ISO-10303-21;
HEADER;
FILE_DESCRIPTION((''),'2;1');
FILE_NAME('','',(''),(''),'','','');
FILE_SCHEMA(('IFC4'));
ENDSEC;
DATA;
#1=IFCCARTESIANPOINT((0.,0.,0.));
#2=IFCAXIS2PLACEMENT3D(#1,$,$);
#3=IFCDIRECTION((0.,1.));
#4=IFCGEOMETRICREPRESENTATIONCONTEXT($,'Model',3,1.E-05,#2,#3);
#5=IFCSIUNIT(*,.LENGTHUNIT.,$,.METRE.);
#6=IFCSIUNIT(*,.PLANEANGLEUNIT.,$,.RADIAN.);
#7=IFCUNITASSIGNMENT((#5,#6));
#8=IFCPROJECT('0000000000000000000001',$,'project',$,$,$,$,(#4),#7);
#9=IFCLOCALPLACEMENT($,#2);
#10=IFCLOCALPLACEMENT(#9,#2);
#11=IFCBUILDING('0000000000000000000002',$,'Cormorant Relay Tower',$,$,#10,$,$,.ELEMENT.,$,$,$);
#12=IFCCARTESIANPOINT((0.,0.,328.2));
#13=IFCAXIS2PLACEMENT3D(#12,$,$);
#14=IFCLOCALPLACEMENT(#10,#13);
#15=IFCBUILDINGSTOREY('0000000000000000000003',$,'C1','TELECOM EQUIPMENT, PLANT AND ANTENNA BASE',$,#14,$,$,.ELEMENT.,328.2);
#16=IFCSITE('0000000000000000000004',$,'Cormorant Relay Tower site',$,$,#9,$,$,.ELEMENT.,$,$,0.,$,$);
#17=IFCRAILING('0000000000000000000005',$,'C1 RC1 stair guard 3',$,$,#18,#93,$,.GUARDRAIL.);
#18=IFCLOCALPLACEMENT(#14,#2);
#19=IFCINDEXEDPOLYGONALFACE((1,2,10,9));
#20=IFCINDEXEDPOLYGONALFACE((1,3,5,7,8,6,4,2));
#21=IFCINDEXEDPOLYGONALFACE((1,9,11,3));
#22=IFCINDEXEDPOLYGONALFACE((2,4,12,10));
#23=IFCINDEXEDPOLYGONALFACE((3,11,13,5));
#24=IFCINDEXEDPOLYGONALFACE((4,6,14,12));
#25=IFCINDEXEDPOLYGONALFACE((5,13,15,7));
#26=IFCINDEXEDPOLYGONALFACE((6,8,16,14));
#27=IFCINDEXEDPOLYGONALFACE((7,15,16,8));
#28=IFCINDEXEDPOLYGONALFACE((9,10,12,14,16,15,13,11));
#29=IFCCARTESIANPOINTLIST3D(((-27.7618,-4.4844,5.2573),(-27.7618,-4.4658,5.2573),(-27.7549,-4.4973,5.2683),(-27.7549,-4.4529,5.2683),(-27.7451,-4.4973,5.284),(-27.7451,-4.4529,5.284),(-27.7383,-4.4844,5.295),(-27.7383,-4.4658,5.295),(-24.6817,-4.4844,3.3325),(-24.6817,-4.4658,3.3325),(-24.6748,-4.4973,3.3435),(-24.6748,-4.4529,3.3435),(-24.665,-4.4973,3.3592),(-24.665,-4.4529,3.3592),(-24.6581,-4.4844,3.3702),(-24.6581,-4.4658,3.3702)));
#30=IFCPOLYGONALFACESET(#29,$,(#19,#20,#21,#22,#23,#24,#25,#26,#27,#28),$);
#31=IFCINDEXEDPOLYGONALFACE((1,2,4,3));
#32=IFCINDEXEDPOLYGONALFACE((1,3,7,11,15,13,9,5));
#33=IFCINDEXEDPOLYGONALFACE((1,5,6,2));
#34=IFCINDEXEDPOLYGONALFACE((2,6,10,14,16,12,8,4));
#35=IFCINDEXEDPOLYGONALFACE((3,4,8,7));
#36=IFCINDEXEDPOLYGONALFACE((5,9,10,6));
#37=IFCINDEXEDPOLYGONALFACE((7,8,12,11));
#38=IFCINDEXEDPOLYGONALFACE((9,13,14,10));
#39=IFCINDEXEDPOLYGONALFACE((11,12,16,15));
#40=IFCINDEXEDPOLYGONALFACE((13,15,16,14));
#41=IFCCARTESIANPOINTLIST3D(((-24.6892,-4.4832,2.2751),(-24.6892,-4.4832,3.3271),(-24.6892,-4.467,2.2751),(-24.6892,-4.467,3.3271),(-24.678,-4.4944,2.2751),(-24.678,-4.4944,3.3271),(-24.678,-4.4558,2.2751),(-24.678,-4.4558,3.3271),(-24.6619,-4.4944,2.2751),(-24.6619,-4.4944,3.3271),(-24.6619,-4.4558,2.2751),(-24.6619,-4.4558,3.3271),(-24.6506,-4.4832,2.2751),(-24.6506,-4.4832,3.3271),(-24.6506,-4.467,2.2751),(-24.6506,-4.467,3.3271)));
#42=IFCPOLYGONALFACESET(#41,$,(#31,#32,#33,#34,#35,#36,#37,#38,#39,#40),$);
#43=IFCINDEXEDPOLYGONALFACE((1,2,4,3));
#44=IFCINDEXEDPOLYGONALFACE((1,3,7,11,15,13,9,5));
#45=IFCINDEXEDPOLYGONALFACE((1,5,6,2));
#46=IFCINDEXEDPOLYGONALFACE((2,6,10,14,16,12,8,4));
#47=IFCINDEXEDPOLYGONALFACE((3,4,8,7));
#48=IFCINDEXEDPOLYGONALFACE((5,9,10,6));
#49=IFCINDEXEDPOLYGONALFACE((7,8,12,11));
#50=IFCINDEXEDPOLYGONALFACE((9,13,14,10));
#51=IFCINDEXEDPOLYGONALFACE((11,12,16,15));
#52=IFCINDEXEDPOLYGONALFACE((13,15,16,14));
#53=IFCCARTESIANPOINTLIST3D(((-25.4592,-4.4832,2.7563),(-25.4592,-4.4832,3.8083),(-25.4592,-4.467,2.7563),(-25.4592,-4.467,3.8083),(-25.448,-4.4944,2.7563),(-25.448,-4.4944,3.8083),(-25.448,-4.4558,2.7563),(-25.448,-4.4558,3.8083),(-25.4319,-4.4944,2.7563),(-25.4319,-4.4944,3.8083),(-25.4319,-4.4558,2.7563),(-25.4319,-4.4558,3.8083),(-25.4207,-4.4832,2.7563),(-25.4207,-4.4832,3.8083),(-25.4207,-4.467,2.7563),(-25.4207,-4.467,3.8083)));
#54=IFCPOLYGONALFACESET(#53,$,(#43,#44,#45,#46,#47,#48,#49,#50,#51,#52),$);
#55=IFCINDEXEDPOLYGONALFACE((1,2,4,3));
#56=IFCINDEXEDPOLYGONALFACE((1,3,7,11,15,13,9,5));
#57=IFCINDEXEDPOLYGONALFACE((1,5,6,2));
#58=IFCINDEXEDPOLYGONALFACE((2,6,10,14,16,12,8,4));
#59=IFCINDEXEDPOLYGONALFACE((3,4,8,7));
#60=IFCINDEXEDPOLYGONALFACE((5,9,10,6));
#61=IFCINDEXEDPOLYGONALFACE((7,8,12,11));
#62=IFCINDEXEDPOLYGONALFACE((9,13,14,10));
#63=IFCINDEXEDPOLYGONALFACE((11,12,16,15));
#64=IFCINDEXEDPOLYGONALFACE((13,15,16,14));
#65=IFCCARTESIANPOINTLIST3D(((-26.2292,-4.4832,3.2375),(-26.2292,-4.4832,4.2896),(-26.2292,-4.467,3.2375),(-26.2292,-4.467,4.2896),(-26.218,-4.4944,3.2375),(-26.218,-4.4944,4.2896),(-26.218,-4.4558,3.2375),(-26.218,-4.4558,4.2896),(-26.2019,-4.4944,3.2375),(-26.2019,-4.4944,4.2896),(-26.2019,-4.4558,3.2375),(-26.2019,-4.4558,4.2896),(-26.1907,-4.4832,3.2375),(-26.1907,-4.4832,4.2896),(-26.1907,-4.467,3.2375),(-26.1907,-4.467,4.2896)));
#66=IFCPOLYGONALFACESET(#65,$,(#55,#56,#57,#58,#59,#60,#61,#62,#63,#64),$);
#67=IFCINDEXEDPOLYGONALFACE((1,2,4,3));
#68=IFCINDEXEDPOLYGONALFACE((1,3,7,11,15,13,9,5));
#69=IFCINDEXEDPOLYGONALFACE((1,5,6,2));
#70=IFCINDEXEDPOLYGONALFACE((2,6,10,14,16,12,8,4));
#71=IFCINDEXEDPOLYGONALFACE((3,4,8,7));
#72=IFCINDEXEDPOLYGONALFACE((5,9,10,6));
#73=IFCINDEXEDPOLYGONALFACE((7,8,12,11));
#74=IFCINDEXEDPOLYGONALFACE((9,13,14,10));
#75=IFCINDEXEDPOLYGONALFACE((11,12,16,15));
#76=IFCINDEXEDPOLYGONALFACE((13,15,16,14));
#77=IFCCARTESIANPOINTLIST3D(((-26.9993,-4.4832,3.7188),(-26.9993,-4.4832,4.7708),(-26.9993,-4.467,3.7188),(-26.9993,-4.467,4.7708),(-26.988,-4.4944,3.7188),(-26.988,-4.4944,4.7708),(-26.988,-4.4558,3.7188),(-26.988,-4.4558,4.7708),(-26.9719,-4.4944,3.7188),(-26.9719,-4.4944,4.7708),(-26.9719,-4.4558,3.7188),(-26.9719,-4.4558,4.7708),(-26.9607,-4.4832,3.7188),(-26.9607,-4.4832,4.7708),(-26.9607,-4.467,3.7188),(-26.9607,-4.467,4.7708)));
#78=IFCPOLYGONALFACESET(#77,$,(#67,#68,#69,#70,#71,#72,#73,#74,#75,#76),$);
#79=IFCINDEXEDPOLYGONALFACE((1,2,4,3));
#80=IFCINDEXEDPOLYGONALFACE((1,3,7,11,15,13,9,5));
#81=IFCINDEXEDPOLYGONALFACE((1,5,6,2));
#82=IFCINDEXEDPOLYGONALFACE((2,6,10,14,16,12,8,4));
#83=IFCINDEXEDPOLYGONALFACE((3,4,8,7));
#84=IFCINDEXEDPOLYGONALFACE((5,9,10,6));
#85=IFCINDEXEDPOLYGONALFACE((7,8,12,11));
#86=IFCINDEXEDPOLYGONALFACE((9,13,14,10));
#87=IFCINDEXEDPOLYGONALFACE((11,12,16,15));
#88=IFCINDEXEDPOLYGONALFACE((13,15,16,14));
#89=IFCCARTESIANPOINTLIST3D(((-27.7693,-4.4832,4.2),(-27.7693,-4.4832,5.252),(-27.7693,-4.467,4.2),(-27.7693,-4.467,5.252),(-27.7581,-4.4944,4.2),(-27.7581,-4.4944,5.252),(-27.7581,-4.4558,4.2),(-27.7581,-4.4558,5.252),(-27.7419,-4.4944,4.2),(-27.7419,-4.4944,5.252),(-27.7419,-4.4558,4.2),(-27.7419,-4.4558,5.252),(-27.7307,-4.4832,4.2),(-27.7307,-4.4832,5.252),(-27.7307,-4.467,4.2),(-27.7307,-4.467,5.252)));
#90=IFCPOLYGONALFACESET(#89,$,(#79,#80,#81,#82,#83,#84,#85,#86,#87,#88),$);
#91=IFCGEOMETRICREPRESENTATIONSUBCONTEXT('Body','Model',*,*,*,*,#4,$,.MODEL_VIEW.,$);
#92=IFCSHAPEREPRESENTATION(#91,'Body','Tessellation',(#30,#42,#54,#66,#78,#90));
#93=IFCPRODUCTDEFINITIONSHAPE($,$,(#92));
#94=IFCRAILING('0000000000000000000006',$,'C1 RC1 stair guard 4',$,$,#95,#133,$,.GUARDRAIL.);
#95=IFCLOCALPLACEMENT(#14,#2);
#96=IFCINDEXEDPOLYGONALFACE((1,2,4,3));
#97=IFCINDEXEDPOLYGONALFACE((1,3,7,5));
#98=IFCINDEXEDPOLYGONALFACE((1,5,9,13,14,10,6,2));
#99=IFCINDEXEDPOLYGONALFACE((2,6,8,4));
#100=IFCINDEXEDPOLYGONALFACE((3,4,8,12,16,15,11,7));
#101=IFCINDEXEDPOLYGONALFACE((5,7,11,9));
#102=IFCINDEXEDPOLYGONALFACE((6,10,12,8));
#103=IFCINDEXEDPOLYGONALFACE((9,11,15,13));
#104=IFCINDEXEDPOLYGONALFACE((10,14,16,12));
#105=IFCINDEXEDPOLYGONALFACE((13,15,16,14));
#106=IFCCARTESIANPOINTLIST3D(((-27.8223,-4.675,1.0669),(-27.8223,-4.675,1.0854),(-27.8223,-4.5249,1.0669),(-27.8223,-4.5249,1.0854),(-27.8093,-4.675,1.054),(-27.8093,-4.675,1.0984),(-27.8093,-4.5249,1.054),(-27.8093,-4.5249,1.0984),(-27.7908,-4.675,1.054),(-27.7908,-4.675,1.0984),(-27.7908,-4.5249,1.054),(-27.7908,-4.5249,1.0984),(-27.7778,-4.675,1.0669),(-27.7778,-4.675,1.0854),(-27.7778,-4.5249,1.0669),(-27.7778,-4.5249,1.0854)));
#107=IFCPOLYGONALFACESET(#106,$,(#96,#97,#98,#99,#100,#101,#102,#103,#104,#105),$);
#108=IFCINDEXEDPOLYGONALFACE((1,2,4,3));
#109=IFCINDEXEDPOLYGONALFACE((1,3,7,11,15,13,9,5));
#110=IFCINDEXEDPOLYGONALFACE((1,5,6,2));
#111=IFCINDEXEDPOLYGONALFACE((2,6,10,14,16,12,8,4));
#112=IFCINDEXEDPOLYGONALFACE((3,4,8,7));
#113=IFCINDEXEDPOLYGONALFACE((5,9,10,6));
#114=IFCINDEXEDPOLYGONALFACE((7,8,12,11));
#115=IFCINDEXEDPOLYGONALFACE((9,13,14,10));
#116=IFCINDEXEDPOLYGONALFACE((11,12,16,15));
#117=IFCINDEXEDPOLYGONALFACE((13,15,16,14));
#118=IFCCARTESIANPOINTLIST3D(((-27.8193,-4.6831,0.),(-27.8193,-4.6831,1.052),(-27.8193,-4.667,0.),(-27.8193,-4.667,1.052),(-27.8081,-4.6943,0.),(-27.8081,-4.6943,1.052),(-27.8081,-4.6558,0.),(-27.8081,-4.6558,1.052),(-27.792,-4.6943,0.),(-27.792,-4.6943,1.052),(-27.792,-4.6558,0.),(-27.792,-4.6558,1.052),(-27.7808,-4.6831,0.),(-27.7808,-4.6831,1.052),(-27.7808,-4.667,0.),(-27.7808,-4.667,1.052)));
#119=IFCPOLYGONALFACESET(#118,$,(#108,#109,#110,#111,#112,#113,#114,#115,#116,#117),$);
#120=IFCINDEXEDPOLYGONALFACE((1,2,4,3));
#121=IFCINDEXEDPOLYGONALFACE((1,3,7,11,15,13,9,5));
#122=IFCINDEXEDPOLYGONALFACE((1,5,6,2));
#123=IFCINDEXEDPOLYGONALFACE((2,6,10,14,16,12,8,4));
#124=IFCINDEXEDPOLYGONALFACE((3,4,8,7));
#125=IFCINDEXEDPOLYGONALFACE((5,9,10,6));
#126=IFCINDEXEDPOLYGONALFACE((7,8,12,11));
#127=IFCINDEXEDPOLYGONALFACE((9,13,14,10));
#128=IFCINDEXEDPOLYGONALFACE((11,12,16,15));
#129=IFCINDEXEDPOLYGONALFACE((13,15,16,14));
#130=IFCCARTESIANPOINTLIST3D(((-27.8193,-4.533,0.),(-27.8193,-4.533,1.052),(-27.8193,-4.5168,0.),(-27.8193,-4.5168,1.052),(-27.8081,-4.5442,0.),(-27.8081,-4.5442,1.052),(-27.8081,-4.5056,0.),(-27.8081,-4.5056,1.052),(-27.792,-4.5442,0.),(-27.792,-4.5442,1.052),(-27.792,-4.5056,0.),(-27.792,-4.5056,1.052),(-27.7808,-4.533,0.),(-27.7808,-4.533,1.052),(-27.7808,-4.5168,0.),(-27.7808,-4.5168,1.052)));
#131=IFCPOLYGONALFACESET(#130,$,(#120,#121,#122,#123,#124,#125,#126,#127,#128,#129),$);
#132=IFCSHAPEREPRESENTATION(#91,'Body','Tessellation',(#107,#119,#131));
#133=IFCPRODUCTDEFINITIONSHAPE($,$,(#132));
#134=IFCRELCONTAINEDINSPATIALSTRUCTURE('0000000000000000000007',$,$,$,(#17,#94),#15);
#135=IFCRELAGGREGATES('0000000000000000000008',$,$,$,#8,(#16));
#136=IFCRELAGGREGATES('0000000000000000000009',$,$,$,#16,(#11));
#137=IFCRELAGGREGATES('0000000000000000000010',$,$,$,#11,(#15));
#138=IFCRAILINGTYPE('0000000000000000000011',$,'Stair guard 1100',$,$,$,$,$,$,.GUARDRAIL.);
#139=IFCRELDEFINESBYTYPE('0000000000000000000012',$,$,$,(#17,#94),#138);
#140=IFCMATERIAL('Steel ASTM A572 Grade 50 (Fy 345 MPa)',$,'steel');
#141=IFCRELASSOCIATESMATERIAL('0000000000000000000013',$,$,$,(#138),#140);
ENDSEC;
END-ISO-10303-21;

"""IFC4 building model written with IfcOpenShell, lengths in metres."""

from ifc_helpers import new_model, si_unit, direction, frame, origin, place, context, subcontext, project, spatial, polyline, outline, extrude, material, type_object, element, save


model = new_model("IFC4")

# Units and contexts
model_context = context("Model", 3, precision=1e-05, world=origin(), true_north=direction((0.0, 1.0)))
body_context = subcontext(model_context, "Body", "Model", "MODEL_VIEW")
ifc_project = project(units=[si_unit("LENGTHUNIT", "METRE"), si_unit("PLANEANGLEUNIT", "RADIAN")], contexts=[model_context])

# Site, building, storey
site_placement = place(None, origin())
site = spatial("IfcSite", under=ifc_project, at=site_placement, Name="Cormorant Relay Tower site", CompositionType="ELEMENT", RefElevation=0.0)
building_placement = place(site_placement, origin())
building = spatial("IfcBuilding", under=site, at=building_placement, Name="Cormorant Relay Tower", CompositionType="ELEMENT")
storey_placement = place(building_placement, frame((0.0, 0.0, 328.2)))
storey = spatial("IfcBuildingStorey", under=building, at=storey_placement, Name="C1", Description="TELECOM EQUIPMENT, PLANT AND ANTENNA BASE", CompositionType="ELEMENT", Elevation=328.2)

# Railings
ifc_material_1 = material(Name="Steel ASTM A572 Grade 50 (Fy 345 MPa)", Category="steel")
railing_type_1 = type_object("IfcRailingType", Name="Stair guard 1100", PredefinedType="GUARDRAIL", material=ifc_material_1)
railing_1_placement = place(storey_placement, frame((-24.6699, -4.4751, 2.2751)))
element("IfcRailing", 1, at=railing_1_placement, inside=storey, type_object=railing_type_1, Name="C1 RC1 stair guard 3", PredefinedType="GUARDRAIL", context=body_context, shape_type="SweptSolid", body=[
    extrude(outline(polyline([(0.0222, 0.0093), (0.0093, 0.0222), (-0.0093, 0.0222), (-0.0222, 0.0093), (-0.0222, -0.0093), (-0.0093, -0.0222), (0.0093, -0.0222), (0.0222, -0.0093), (0.0222, 0.0093)])), frame((0.0, 0.0, 1.0762), z_axis=(-0.848029, 0.0, 0.529951), x_axis=(0.0, -1.0, 0.0)), (0.0, 0.0, 1.0), 3.6321),
    extrude(outline(polyline([(0.0193, 0.0081), (0.0081, 0.0193), (-0.0081, 0.0193), (-0.0193, 0.0081), (-0.0193, -0.0081), (-0.0081, -0.0193), (0.0081, -0.0193), (0.0193, -0.0081), (0.0193, 0.0081)])), origin(), (0.0, 0.0, 1.0), 1.052),
    extrude(outline(polyline([(0.0193, 0.0081), (0.0081, 0.0193), (-0.0081, 0.0193), (-0.0193, 0.0081), (-0.0193, -0.0081), (-0.0081, -0.0193), (0.0081, -0.0193), (0.0193, -0.0081), (0.0193, 0.0081)])), frame((-0.77, 0.0, 0.4812)), (0.0, 0.0, 1.0), 1.052),
    extrude(outline(polyline([(0.0193, 0.0081), (0.0081, 0.0193), (-0.0081, 0.0193), (-0.0193, 0.0081), (-0.0193, -0.0081), (-0.0081, -0.0193), (0.0081, -0.0193), (0.0193, -0.0081), (0.0193, 0.0081)])), frame((-1.54, 0.0, 0.9624)), (0.0, 0.0, 1.0), 1.052),
    extrude(outline(polyline([(0.0193, 0.0081), (0.0081, 0.0193), (-0.0081, 0.0193), (-0.0193, 0.0081), (-0.0193, -0.0081), (-0.0081, -0.0193), (0.0081, -0.0193), (0.0193, -0.0081), (0.0193, 0.0081)])), frame((-2.3101, 0.0, 1.4436)), (0.0, 0.0, 1.0), 1.052),
    extrude(outline(polyline([(0.0193, 0.0081), (0.0081, 0.0193), (-0.0081, 0.0193), (-0.0193, 0.0081), (-0.0193, -0.0081), (-0.0081, -0.0193), (0.0081, -0.0193), (0.0193, -0.0081), (0.0193, 0.0081)])), frame((-3.0801, 0.0, 1.9248)), (0.0, 0.0, 1.0), 1.052),
])
railing_2_placement = place(storey_placement, frame((-27.8, -4.675, 0.0)))
element("IfcRailing", 2, at=railing_2_placement, inside=storey, type_object=railing_type_1, Name="C1 RC1 stair guard 4", PredefinedType="GUARDRAIL", context=body_context, shape_type="SweptSolid", body=[
    extrude(outline(polyline([(0.0222, 0.0093), (0.0093, 0.0222), (-0.0093, 0.0222), (-0.0222, 0.0093), (-0.0222, -0.0093), (-0.0093, -0.0222), (0.0093, -0.0222), (0.0222, -0.0093), (0.0222, 0.0093)])), frame((0.0, 0.0, 1.0762), z_axis=(0.0, 1.0, 0.0), x_axis=(-1.0, 0.0, 0.0)), (0.0, 0.0, 1.0), 0.1501),
    extrude(outline(polyline([(0.0193, 0.0081), (0.0081, 0.0193), (-0.0081, 0.0193), (-0.0193, 0.0081), (-0.0193, -0.0081), (-0.0081, -0.0193), (0.0081, -0.0193), (0.0193, -0.0081), (0.0193, 0.0081)])), origin(), (0.0, 0.0, 1.0), 1.052),
    extrude(outline(polyline([(0.0193, 0.0081), (0.0081, 0.0193), (-0.0081, 0.0193), (-0.0193, 0.0081), (-0.0193, -0.0081), (-0.0081, -0.0193), (0.0081, -0.0193), (0.0193, -0.0081), (0.0193, 0.0081)])), frame((0.0, 0.1501, 0.0)), (0.0, 0.0, 1.0), 1.052),
])

save(model, "model.ifc")
